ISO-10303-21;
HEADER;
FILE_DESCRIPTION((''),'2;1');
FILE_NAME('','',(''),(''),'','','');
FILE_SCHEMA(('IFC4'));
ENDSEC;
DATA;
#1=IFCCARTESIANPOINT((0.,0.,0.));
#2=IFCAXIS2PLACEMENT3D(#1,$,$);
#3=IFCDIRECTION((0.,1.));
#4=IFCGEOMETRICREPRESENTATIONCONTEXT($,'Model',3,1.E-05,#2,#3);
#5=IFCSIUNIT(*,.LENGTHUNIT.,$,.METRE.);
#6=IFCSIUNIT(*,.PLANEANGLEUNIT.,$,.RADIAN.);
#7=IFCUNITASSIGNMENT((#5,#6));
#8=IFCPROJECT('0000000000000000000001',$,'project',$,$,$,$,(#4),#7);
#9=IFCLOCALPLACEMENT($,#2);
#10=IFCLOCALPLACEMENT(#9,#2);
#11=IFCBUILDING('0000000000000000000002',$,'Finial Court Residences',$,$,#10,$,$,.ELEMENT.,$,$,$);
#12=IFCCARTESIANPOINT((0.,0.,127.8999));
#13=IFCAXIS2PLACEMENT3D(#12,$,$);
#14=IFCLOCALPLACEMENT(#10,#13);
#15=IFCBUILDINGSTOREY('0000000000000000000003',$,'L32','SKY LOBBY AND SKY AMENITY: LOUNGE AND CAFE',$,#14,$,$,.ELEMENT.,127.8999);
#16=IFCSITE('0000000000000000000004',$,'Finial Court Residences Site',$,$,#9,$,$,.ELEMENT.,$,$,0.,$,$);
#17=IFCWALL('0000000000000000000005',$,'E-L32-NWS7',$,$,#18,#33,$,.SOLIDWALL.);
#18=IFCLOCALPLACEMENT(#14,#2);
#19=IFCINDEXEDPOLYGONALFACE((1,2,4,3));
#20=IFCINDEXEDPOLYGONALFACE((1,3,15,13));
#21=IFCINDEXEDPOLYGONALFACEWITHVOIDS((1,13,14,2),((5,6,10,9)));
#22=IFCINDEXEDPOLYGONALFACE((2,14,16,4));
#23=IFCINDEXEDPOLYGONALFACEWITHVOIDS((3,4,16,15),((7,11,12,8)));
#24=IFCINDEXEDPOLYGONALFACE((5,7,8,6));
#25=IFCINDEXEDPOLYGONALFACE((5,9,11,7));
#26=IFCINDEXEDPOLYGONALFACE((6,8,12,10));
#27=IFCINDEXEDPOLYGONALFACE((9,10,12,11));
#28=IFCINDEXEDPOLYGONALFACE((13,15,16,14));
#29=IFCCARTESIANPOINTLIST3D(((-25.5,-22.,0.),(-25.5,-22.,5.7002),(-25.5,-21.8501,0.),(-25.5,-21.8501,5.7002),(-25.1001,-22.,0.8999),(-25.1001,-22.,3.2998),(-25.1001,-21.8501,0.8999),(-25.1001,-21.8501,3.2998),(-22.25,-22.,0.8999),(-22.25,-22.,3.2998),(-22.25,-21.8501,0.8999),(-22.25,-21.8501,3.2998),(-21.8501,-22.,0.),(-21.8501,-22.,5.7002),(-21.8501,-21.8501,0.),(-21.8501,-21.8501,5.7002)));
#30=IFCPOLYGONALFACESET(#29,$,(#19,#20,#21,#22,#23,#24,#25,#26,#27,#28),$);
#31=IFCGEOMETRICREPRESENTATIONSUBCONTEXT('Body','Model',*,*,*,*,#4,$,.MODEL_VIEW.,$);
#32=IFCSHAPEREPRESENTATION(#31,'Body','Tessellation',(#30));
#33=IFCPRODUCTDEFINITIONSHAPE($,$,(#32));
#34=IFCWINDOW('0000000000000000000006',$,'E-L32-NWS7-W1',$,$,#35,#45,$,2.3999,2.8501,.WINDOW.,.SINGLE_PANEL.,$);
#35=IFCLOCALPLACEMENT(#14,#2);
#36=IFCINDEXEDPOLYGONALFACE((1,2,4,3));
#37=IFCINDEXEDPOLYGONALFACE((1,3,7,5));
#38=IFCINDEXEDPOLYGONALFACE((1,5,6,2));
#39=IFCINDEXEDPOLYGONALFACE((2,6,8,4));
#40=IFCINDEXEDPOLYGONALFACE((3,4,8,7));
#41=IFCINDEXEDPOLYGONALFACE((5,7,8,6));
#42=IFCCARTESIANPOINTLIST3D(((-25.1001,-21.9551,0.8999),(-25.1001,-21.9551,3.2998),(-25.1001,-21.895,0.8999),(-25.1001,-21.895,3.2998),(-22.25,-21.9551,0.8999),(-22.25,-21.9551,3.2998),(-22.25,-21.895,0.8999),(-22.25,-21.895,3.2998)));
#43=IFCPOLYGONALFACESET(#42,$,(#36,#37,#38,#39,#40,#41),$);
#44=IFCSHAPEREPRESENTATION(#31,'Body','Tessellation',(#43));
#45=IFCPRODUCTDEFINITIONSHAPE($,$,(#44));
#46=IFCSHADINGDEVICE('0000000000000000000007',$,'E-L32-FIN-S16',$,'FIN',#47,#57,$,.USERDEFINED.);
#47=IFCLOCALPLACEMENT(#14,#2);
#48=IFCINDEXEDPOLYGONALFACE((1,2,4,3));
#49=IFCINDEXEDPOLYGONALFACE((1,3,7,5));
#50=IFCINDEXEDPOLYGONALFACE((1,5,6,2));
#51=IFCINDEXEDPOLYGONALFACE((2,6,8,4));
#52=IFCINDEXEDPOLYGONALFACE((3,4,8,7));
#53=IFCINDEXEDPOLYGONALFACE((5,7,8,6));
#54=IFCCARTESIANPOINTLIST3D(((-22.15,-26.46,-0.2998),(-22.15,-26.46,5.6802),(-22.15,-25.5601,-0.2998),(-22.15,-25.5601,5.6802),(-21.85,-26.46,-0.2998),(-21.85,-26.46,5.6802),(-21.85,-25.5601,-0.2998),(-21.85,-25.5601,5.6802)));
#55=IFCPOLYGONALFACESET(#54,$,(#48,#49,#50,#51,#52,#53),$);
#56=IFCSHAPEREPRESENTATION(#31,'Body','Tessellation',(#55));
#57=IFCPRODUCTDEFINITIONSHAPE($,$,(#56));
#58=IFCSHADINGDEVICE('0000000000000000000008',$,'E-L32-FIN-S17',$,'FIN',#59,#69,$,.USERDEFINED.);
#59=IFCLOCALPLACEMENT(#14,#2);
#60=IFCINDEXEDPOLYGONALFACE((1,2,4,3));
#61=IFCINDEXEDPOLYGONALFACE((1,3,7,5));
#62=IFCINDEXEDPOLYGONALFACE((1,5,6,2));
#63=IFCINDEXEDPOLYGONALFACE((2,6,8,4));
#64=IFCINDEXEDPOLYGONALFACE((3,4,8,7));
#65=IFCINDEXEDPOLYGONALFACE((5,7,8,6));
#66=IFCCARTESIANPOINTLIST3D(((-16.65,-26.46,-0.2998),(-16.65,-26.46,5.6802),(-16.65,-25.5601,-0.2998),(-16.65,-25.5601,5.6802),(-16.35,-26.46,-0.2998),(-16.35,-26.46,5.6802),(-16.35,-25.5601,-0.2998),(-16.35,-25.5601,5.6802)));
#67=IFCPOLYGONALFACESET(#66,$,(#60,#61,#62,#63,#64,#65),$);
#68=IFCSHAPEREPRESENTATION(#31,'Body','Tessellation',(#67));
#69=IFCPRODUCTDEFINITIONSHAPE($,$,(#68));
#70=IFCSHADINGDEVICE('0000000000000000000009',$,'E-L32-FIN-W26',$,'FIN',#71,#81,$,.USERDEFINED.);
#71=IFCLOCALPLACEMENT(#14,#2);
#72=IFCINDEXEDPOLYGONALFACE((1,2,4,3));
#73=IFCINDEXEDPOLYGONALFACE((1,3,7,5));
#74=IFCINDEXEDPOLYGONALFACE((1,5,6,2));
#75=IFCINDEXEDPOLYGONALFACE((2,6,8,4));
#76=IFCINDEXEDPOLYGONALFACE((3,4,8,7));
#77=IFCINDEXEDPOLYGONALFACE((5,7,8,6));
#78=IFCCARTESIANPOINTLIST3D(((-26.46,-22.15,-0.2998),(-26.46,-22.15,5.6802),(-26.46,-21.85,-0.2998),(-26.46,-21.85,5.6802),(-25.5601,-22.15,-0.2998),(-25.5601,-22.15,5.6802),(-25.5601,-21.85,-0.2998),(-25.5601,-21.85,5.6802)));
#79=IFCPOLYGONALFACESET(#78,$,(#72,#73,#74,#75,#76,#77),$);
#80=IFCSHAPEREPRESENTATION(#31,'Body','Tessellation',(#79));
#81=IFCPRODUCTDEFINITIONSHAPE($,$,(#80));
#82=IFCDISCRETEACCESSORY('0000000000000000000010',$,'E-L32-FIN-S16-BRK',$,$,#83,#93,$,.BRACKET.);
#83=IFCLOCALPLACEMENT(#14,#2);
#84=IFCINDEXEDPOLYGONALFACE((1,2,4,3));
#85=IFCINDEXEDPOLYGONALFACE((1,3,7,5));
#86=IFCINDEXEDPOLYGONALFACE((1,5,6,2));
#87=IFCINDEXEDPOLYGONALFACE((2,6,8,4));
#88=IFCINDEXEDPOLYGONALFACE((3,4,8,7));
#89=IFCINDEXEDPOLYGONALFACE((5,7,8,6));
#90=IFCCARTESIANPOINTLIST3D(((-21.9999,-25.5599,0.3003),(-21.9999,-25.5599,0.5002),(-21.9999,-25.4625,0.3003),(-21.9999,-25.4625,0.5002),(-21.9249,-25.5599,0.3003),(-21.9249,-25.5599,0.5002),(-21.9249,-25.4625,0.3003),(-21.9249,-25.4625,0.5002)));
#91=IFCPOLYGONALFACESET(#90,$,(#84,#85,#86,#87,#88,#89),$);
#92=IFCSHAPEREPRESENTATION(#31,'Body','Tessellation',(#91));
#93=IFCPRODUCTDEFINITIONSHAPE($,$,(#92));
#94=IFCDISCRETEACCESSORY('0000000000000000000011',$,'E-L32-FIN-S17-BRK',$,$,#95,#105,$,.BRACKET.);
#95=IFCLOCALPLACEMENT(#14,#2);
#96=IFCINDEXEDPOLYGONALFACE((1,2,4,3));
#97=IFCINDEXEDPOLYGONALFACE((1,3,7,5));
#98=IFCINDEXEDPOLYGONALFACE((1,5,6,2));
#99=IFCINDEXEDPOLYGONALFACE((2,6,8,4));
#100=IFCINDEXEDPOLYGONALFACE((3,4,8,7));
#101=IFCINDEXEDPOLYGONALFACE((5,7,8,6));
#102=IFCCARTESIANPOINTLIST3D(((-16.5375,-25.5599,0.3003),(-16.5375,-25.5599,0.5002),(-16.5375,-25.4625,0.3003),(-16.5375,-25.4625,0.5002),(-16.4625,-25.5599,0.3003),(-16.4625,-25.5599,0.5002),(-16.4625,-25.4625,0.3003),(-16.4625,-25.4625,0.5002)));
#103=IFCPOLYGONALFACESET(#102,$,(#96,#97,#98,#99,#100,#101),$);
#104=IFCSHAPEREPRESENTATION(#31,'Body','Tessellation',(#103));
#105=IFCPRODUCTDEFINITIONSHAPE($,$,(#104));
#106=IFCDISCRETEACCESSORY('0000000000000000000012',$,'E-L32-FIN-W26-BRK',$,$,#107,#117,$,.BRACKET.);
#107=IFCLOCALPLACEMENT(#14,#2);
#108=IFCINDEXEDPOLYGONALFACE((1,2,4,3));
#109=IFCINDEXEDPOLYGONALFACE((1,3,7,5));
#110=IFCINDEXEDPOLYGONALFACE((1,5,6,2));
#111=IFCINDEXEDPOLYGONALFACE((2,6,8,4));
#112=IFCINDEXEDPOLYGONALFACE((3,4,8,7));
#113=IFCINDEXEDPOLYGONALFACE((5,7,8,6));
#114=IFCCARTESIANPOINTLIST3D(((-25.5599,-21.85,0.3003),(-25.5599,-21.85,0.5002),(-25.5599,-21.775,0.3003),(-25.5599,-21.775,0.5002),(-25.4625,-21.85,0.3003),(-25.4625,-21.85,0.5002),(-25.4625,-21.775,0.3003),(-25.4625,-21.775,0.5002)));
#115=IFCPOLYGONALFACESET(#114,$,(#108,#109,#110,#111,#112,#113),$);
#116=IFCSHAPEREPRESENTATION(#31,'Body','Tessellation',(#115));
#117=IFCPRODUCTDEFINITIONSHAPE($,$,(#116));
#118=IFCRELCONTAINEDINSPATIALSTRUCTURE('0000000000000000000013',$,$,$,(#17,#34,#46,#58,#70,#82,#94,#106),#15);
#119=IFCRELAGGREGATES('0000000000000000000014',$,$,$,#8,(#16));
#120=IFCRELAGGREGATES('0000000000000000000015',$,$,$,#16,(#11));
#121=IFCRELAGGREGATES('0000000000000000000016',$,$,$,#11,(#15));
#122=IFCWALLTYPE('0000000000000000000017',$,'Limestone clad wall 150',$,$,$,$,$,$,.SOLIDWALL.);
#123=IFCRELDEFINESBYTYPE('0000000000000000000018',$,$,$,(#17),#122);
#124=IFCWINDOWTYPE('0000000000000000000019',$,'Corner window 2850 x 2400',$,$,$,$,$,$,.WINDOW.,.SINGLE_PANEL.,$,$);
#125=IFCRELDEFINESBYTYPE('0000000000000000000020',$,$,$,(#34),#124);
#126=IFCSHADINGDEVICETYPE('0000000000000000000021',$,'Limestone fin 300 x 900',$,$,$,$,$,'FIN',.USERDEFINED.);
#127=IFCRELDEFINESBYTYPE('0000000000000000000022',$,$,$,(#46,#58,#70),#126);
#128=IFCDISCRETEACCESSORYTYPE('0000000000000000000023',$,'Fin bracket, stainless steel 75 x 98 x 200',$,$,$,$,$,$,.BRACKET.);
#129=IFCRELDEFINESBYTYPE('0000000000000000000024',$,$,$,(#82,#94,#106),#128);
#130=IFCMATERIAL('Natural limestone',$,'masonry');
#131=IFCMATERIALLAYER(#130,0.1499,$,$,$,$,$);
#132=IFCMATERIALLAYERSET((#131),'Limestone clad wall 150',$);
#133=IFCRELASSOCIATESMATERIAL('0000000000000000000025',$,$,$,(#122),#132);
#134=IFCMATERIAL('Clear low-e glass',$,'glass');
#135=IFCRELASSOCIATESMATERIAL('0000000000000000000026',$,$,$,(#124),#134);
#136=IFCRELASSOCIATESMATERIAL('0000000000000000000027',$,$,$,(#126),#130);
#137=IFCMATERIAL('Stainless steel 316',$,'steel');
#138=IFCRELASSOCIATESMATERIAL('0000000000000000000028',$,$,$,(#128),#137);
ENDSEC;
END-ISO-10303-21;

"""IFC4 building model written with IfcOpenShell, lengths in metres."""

from ifc_helpers import new_model, si_unit, direction, frame, frame_2d, origin, origin_2d, place, context, subcontext, project, spatial, rectangle, extrude, material, layer, layer_set, type_object, element, fill, save


model = new_model("IFC4")

# Units and contexts
model_context = context("Model", 3, precision=1e-05, world=origin(), true_north=direction((0.0, 1.0)))
body_context = subcontext(model_context, "Body", "Model", "MODEL_VIEW")
ifc_project = project(units=[si_unit("LENGTHUNIT", "METRE"), si_unit("PLANEANGLEUNIT", "RADIAN")], contexts=[model_context])

# Site, building, storey
site_placement = place(None, origin())
site = spatial("IfcSite", under=ifc_project, at=site_placement, Name="Finial Court Residences Site", CompositionType="ELEMENT", RefElevation=0.0)
building_placement = place(site_placement, origin())
building = spatial("IfcBuilding", under=site, at=building_placement, Name="Finial Court Residences", CompositionType="ELEMENT")
storey_placement = place(building_placement, frame((0.0, 0.0, 127.8999)))
storey = spatial("IfcBuildingStorey", under=building, at=storey_placement, Name="L32", Description="SKY LOBBY AND SKY AMENITY: LOUNGE AND CAFE", CompositionType="ELEMENT", Elevation=127.8999)

# Shared definitions
ifc_material_1 = material(Name="Clear low-e glass", Category="glass")

# Wall, opening, window
ifc_material_2 = material(Name="Natural limestone", Category="masonry")
ifc_layer_1 = layer(ifc_material_2, 0.1499)
ifc_layer_set_1 = layer_set([ifc_layer_1], Name="Limestone clad wall 150")
wall_type = type_object("IfcWallType", Name="Limestone clad wall 150", PredefinedType="SOLIDWALL", material=ifc_layer_set_1)
wall_1_placement = place(storey_placement, frame((-21.8501, -21.925, 0.0), z_axis=(0.0, 0.0, 1.0), x_axis=(-1.0, 0.0, 0.0)))
wall_1 = element("IfcWall", 1, at=wall_1_placement, inside=storey, type_object=wall_type, Name="E-L32-NWS7", PredefinedType="SOLIDWALL", context=body_context, shape_type="SweptSolid", body=[
    extrude(rectangle(XDim=3.6499, YDim=0.1499, at=frame_2d((1.825, 0.0))), origin(), (0.0, 0.0, 1.0), 5.7002),
])
opening_1_placement = place(wall_1_placement, frame((0.3999, 0.0, 0.8999)))
opening_1 = element("IfcOpeningElement", 2, at=opening_1_placement, cuts=wall_1, PredefinedType="OPENING", context=body_context, shape_type="SweptSolid", body=[
    extrude(rectangle(XDim=2.8501, YDim=2.3999, at=frame_2d((1.425, 1.2))), frame((0.0, 0.085, 0.0), z_axis=(0.0, -1.0, 0.0), x_axis=(1.0, 0.0, 0.0)), (0.0, 0.0, 1.0), 0.1699),
])
window_type_1 = type_object("IfcWindowType", Name="Corner window 2850 x 2400", PartitioningType="SINGLE_PANEL", PredefinedType="WINDOW", material=ifc_material_1)
window_1_placement = place(opening_1_placement, origin())
window_1 = element("IfcWindow", 3, at=window_1_placement, inside=storey, type_object=window_type_1, Name="E-L32-NWS7-W1", OverallHeight=2.3999, OverallWidth=2.8501, PartitioningType="SINGLE_PANEL", PredefinedType="WINDOW", context=body_context, shape_type="SweptSolid", body=[
    extrude(rectangle(XDim=2.8501, YDim=2.3999, at=frame_2d((1.425, 1.2))), frame((0.0, 0.03, 0.0), z_axis=(0.0, -1.0, 0.0), x_axis=(1.0, 0.0, 0.0)), (0.0, 0.0, 1.0), 0.0601),
])
fill(opening_1, window_1)

# Shading devices
shading_device_type = type_object("IfcShadingDeviceType", Name="Limestone fin 300 x 900", ElementType="FIN", PredefinedType="USERDEFINED", material=ifc_material_2)
for number, where, z_axis, x_axis, name in (
    (4, (-22.0, -26.01, -0.2998), (0.0, 0.0, 1.0), (1.0, 0.0, 0.0), "E-L32-FIN-S16"),
    (5, (-16.5, -26.01, -0.2998), (0.0, 0.0, 1.0), (1.0, 0.0, 0.0), "E-L32-FIN-S17"),
):
    element("IfcShadingDevice", number, at=place(storey_placement, frame(where, z_axis=z_axis, x_axis=x_axis)), inside=storey, type_object=shading_device_type, Name=name, ObjectType="FIN", PredefinedType="USERDEFINED", context=body_context, shape_type="SweptSolid", body=[
        extrude(rectangle(XDim=0.3, YDim=0.8999, at=origin_2d()), origin(), (0.0, 0.0, 1.0), 5.98),
    ])
shading_device_placement = place(storey_placement, frame((-26.01, -22.0, -0.2998), z_axis=(0.0, 0.0, 1.0), x_axis=(1.0, 0.0, 0.0)))
element("IfcShadingDevice", 6, at=shading_device_placement, inside=storey, type_object=shading_device_type, Name="E-L32-FIN-W26", ObjectType="FIN", PredefinedType="USERDEFINED", context=body_context, shape_type="SweptSolid", body=[
    extrude(rectangle(XDim=0.8999, YDim=0.3, at=origin_2d()), origin(), (0.0, 0.0, 1.0), 5.98),
])

# Discrete accessories
ifc_material_3 = material(Name="Stainless steel 316", Category="steel")
discrete_accessory_type = type_object("IfcDiscreteAccessoryType", Name="Fin bracket, stainless steel 75 x 98 x 200", PredefinedType="BRACKET", material=ifc_material_3)
for number, where, z_axis, x_axis, name in (
    (7, (-21.9624, -25.5112, 0.3003), (0.0, 0.0, 1.0), (1.0, 0.0, 0.0), "E-L32-FIN-S16-BRK"),
    (8, (-16.5, -25.5112, 0.3003), (0.0, 0.0, 1.0), (1.0, 0.0, 0.0), "E-L32-FIN-S17-BRK"),
):
    element("IfcDiscreteAccessory", number, at=place(storey_placement, frame(where, z_axis=z_axis, x_axis=x_axis)), inside=storey, type_object=discrete_accessory_type, Name=name, PredefinedType="BRACKET", context=body_context, shape_type="SweptSolid", body=[
        extrude(rectangle(XDim=0.075, YDim=0.0974, at=origin_2d()), origin(), (0.0, 0.0, 1.0), 0.2),
    ])
discrete_accessory_placement = place(storey_placement, frame((-25.5112, -21.8125, 0.3003), z_axis=(0.0, 0.0, 1.0), x_axis=(1.0, 0.0, 0.0)))
element("IfcDiscreteAccessory", 9, at=discrete_accessory_placement, inside=storey, type_object=discrete_accessory_type, Name="E-L32-FIN-W26-BRK", PredefinedType="BRACKET", context=body_context, shape_type="SweptSolid", body=[
    extrude(rectangle(XDim=0.0974, YDim=0.075, at=origin_2d()), origin(), (0.0, 0.0, 1.0), 0.2),
])

save(model, "model.ifc")
